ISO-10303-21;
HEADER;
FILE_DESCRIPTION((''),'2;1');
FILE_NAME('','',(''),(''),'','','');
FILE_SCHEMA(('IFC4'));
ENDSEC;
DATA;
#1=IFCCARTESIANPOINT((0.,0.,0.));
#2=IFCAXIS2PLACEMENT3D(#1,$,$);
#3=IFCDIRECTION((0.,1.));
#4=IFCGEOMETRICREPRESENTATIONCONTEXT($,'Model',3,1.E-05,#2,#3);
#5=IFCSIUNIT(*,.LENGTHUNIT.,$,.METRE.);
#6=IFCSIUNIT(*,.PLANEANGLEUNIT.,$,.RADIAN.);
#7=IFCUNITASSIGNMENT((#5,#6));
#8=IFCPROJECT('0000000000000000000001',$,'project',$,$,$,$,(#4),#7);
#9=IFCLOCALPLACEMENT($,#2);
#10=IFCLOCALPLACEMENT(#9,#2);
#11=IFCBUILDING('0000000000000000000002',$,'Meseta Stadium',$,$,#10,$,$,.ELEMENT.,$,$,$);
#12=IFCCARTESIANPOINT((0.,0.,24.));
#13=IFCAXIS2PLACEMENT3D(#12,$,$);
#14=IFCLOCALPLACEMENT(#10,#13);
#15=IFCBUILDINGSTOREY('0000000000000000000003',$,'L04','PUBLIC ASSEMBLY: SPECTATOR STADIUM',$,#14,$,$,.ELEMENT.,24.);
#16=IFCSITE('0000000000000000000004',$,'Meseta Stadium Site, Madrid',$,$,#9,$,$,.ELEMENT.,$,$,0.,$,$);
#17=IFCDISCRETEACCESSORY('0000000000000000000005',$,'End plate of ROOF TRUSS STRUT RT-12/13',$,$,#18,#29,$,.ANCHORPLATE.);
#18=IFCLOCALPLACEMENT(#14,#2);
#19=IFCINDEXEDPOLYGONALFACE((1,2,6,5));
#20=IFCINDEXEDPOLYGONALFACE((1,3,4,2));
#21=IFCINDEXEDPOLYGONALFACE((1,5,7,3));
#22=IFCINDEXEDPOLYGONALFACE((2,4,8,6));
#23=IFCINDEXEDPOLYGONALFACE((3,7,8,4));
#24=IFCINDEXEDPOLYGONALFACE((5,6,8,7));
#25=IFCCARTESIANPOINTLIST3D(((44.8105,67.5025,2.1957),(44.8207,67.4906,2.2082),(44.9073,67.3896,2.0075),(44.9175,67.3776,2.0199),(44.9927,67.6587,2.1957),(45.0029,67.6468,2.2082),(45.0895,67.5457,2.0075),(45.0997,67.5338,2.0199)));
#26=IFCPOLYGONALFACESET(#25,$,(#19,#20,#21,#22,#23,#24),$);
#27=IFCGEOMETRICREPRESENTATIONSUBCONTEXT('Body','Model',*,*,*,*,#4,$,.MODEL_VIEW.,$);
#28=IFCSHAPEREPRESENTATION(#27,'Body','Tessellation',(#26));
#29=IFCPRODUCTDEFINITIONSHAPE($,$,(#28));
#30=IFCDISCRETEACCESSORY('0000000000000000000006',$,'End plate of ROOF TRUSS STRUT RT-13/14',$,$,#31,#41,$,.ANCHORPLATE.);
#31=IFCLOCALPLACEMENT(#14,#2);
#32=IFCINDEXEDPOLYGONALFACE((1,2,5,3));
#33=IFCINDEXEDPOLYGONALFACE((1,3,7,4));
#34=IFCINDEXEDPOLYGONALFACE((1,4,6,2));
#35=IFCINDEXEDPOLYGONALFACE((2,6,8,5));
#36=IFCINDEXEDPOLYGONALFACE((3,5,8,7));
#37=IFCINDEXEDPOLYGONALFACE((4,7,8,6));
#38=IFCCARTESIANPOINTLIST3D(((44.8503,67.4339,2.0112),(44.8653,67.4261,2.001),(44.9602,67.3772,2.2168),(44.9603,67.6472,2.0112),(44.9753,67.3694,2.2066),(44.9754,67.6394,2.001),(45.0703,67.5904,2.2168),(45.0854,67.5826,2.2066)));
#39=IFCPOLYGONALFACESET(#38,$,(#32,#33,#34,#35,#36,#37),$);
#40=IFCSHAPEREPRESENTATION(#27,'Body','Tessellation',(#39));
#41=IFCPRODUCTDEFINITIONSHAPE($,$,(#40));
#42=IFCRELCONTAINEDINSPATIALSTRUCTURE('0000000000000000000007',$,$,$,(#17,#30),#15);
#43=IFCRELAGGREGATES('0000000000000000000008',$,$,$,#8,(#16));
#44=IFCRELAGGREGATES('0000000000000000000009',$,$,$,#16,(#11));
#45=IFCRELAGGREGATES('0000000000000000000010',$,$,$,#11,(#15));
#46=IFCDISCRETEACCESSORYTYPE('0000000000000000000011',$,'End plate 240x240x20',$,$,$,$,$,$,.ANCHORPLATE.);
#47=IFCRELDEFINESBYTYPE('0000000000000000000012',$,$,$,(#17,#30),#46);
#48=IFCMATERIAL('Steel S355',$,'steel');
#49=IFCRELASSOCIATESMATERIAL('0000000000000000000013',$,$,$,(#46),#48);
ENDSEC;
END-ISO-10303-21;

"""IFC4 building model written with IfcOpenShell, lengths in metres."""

from ifc_helpers import new_model, si_unit, direction, frame, origin, origin_2d, place, context, subcontext, project, spatial, rectangle, extrude, material, material_profile, profile_set, type_object, element, save


model = new_model("IFC4")

# Units and contexts
model_context = context("Model", 3, precision=1e-05, world=origin(), true_north=direction((0.0, 1.0)))
body_context = subcontext(model_context, "Body", "Model", "MODEL_VIEW")
ifc_project = project(units=[si_unit("LENGTHUNIT", "METRE"), si_unit("PLANEANGLEUNIT", "RADIAN")], contexts=[model_context])

# Site, building, storey
site_placement = place(None, origin())
site = spatial("IfcSite", under=ifc_project, at=site_placement, Name="Meseta Stadium Site, Madrid", CompositionType="ELEMENT", RefElevation=0.0)
building_placement = place(site_placement, origin())
building = spatial("IfcBuilding", under=site, at=building_placement, Name="Meseta Stadium", CompositionType="ELEMENT")
storey_placement = place(building_placement, frame((0.0, 0.0, 24.0)))
storey = spatial("IfcBuildingStorey", under=building, at=storey_placement, Name="L04", Description="PUBLIC ASSEMBLY: SPECTATOR STADIUM", CompositionType="ELEMENT", Elevation=24.0)

# Discrete accessories
ifc_material_1 = material(Name="Steel S355", Category="steel")
ifc_material_profile_1 = material_profile(ifc_material_1, rectangle(XDim=0.24, YDim=0.24, at=origin_2d()), Name="PL 240x240")
ifc_profile_set_1 = profile_set([ifc_material_profile_1], Name="Steel S355")
discrete_accessory_type_1 = type_object("IfcDiscreteAccessoryType", Name="End plate 240x240x20", PredefinedType="ANCHORPLATE", material=ifc_profile_set_1)
for number, where, z_axis, x_axis, name in (
    (1, (44.9602, 67.5122, 2.114), (-0.510603, 0.595703, -0.620018), (-0.759257, -0.650791, 0.0), "End plate of ROOF TRUSS STRUT RT-12/13"),
):
    element("IfcDiscreteAccessory", number, at=place(storey_placement, frame(where, z_axis=z_axis, x_axis=x_axis)), inside=storey, type_object=discrete_accessory_type_1, Name=name, PredefinedType="ANCHORPLATE", context=body_context, shape_type="SweptSolid", body=[
        extrude(rectangle(XDim=0.24, YDim=0.24, at=origin_2d()), origin(), (0.0, 0.0, 1.0), 0.02),
    ])
discrete_accessory_placement = place(storey_placement, frame((44.9753, 67.5044, 2.1038), z_axis=(-0.761324, 0.392941, 0.515736), x_axis=(-0.458643, -0.888621, 0.0)))
element("IfcDiscreteAccessory", 2, at=discrete_accessory_placement, inside=storey, type_object=discrete_accessory_type_1, Name="End plate of ROOF TRUSS STRUT RT-13/14", PredefinedType="ANCHORPLATE", context=body_context, shape_type="SweptSolid", body=[
    extrude(rectangle(XDim=0.24, YDim=0.24, at=origin_2d()), origin(), (0.0, 0.0, 1.0), 0.0198),
])

save(model, "model.ifc")
